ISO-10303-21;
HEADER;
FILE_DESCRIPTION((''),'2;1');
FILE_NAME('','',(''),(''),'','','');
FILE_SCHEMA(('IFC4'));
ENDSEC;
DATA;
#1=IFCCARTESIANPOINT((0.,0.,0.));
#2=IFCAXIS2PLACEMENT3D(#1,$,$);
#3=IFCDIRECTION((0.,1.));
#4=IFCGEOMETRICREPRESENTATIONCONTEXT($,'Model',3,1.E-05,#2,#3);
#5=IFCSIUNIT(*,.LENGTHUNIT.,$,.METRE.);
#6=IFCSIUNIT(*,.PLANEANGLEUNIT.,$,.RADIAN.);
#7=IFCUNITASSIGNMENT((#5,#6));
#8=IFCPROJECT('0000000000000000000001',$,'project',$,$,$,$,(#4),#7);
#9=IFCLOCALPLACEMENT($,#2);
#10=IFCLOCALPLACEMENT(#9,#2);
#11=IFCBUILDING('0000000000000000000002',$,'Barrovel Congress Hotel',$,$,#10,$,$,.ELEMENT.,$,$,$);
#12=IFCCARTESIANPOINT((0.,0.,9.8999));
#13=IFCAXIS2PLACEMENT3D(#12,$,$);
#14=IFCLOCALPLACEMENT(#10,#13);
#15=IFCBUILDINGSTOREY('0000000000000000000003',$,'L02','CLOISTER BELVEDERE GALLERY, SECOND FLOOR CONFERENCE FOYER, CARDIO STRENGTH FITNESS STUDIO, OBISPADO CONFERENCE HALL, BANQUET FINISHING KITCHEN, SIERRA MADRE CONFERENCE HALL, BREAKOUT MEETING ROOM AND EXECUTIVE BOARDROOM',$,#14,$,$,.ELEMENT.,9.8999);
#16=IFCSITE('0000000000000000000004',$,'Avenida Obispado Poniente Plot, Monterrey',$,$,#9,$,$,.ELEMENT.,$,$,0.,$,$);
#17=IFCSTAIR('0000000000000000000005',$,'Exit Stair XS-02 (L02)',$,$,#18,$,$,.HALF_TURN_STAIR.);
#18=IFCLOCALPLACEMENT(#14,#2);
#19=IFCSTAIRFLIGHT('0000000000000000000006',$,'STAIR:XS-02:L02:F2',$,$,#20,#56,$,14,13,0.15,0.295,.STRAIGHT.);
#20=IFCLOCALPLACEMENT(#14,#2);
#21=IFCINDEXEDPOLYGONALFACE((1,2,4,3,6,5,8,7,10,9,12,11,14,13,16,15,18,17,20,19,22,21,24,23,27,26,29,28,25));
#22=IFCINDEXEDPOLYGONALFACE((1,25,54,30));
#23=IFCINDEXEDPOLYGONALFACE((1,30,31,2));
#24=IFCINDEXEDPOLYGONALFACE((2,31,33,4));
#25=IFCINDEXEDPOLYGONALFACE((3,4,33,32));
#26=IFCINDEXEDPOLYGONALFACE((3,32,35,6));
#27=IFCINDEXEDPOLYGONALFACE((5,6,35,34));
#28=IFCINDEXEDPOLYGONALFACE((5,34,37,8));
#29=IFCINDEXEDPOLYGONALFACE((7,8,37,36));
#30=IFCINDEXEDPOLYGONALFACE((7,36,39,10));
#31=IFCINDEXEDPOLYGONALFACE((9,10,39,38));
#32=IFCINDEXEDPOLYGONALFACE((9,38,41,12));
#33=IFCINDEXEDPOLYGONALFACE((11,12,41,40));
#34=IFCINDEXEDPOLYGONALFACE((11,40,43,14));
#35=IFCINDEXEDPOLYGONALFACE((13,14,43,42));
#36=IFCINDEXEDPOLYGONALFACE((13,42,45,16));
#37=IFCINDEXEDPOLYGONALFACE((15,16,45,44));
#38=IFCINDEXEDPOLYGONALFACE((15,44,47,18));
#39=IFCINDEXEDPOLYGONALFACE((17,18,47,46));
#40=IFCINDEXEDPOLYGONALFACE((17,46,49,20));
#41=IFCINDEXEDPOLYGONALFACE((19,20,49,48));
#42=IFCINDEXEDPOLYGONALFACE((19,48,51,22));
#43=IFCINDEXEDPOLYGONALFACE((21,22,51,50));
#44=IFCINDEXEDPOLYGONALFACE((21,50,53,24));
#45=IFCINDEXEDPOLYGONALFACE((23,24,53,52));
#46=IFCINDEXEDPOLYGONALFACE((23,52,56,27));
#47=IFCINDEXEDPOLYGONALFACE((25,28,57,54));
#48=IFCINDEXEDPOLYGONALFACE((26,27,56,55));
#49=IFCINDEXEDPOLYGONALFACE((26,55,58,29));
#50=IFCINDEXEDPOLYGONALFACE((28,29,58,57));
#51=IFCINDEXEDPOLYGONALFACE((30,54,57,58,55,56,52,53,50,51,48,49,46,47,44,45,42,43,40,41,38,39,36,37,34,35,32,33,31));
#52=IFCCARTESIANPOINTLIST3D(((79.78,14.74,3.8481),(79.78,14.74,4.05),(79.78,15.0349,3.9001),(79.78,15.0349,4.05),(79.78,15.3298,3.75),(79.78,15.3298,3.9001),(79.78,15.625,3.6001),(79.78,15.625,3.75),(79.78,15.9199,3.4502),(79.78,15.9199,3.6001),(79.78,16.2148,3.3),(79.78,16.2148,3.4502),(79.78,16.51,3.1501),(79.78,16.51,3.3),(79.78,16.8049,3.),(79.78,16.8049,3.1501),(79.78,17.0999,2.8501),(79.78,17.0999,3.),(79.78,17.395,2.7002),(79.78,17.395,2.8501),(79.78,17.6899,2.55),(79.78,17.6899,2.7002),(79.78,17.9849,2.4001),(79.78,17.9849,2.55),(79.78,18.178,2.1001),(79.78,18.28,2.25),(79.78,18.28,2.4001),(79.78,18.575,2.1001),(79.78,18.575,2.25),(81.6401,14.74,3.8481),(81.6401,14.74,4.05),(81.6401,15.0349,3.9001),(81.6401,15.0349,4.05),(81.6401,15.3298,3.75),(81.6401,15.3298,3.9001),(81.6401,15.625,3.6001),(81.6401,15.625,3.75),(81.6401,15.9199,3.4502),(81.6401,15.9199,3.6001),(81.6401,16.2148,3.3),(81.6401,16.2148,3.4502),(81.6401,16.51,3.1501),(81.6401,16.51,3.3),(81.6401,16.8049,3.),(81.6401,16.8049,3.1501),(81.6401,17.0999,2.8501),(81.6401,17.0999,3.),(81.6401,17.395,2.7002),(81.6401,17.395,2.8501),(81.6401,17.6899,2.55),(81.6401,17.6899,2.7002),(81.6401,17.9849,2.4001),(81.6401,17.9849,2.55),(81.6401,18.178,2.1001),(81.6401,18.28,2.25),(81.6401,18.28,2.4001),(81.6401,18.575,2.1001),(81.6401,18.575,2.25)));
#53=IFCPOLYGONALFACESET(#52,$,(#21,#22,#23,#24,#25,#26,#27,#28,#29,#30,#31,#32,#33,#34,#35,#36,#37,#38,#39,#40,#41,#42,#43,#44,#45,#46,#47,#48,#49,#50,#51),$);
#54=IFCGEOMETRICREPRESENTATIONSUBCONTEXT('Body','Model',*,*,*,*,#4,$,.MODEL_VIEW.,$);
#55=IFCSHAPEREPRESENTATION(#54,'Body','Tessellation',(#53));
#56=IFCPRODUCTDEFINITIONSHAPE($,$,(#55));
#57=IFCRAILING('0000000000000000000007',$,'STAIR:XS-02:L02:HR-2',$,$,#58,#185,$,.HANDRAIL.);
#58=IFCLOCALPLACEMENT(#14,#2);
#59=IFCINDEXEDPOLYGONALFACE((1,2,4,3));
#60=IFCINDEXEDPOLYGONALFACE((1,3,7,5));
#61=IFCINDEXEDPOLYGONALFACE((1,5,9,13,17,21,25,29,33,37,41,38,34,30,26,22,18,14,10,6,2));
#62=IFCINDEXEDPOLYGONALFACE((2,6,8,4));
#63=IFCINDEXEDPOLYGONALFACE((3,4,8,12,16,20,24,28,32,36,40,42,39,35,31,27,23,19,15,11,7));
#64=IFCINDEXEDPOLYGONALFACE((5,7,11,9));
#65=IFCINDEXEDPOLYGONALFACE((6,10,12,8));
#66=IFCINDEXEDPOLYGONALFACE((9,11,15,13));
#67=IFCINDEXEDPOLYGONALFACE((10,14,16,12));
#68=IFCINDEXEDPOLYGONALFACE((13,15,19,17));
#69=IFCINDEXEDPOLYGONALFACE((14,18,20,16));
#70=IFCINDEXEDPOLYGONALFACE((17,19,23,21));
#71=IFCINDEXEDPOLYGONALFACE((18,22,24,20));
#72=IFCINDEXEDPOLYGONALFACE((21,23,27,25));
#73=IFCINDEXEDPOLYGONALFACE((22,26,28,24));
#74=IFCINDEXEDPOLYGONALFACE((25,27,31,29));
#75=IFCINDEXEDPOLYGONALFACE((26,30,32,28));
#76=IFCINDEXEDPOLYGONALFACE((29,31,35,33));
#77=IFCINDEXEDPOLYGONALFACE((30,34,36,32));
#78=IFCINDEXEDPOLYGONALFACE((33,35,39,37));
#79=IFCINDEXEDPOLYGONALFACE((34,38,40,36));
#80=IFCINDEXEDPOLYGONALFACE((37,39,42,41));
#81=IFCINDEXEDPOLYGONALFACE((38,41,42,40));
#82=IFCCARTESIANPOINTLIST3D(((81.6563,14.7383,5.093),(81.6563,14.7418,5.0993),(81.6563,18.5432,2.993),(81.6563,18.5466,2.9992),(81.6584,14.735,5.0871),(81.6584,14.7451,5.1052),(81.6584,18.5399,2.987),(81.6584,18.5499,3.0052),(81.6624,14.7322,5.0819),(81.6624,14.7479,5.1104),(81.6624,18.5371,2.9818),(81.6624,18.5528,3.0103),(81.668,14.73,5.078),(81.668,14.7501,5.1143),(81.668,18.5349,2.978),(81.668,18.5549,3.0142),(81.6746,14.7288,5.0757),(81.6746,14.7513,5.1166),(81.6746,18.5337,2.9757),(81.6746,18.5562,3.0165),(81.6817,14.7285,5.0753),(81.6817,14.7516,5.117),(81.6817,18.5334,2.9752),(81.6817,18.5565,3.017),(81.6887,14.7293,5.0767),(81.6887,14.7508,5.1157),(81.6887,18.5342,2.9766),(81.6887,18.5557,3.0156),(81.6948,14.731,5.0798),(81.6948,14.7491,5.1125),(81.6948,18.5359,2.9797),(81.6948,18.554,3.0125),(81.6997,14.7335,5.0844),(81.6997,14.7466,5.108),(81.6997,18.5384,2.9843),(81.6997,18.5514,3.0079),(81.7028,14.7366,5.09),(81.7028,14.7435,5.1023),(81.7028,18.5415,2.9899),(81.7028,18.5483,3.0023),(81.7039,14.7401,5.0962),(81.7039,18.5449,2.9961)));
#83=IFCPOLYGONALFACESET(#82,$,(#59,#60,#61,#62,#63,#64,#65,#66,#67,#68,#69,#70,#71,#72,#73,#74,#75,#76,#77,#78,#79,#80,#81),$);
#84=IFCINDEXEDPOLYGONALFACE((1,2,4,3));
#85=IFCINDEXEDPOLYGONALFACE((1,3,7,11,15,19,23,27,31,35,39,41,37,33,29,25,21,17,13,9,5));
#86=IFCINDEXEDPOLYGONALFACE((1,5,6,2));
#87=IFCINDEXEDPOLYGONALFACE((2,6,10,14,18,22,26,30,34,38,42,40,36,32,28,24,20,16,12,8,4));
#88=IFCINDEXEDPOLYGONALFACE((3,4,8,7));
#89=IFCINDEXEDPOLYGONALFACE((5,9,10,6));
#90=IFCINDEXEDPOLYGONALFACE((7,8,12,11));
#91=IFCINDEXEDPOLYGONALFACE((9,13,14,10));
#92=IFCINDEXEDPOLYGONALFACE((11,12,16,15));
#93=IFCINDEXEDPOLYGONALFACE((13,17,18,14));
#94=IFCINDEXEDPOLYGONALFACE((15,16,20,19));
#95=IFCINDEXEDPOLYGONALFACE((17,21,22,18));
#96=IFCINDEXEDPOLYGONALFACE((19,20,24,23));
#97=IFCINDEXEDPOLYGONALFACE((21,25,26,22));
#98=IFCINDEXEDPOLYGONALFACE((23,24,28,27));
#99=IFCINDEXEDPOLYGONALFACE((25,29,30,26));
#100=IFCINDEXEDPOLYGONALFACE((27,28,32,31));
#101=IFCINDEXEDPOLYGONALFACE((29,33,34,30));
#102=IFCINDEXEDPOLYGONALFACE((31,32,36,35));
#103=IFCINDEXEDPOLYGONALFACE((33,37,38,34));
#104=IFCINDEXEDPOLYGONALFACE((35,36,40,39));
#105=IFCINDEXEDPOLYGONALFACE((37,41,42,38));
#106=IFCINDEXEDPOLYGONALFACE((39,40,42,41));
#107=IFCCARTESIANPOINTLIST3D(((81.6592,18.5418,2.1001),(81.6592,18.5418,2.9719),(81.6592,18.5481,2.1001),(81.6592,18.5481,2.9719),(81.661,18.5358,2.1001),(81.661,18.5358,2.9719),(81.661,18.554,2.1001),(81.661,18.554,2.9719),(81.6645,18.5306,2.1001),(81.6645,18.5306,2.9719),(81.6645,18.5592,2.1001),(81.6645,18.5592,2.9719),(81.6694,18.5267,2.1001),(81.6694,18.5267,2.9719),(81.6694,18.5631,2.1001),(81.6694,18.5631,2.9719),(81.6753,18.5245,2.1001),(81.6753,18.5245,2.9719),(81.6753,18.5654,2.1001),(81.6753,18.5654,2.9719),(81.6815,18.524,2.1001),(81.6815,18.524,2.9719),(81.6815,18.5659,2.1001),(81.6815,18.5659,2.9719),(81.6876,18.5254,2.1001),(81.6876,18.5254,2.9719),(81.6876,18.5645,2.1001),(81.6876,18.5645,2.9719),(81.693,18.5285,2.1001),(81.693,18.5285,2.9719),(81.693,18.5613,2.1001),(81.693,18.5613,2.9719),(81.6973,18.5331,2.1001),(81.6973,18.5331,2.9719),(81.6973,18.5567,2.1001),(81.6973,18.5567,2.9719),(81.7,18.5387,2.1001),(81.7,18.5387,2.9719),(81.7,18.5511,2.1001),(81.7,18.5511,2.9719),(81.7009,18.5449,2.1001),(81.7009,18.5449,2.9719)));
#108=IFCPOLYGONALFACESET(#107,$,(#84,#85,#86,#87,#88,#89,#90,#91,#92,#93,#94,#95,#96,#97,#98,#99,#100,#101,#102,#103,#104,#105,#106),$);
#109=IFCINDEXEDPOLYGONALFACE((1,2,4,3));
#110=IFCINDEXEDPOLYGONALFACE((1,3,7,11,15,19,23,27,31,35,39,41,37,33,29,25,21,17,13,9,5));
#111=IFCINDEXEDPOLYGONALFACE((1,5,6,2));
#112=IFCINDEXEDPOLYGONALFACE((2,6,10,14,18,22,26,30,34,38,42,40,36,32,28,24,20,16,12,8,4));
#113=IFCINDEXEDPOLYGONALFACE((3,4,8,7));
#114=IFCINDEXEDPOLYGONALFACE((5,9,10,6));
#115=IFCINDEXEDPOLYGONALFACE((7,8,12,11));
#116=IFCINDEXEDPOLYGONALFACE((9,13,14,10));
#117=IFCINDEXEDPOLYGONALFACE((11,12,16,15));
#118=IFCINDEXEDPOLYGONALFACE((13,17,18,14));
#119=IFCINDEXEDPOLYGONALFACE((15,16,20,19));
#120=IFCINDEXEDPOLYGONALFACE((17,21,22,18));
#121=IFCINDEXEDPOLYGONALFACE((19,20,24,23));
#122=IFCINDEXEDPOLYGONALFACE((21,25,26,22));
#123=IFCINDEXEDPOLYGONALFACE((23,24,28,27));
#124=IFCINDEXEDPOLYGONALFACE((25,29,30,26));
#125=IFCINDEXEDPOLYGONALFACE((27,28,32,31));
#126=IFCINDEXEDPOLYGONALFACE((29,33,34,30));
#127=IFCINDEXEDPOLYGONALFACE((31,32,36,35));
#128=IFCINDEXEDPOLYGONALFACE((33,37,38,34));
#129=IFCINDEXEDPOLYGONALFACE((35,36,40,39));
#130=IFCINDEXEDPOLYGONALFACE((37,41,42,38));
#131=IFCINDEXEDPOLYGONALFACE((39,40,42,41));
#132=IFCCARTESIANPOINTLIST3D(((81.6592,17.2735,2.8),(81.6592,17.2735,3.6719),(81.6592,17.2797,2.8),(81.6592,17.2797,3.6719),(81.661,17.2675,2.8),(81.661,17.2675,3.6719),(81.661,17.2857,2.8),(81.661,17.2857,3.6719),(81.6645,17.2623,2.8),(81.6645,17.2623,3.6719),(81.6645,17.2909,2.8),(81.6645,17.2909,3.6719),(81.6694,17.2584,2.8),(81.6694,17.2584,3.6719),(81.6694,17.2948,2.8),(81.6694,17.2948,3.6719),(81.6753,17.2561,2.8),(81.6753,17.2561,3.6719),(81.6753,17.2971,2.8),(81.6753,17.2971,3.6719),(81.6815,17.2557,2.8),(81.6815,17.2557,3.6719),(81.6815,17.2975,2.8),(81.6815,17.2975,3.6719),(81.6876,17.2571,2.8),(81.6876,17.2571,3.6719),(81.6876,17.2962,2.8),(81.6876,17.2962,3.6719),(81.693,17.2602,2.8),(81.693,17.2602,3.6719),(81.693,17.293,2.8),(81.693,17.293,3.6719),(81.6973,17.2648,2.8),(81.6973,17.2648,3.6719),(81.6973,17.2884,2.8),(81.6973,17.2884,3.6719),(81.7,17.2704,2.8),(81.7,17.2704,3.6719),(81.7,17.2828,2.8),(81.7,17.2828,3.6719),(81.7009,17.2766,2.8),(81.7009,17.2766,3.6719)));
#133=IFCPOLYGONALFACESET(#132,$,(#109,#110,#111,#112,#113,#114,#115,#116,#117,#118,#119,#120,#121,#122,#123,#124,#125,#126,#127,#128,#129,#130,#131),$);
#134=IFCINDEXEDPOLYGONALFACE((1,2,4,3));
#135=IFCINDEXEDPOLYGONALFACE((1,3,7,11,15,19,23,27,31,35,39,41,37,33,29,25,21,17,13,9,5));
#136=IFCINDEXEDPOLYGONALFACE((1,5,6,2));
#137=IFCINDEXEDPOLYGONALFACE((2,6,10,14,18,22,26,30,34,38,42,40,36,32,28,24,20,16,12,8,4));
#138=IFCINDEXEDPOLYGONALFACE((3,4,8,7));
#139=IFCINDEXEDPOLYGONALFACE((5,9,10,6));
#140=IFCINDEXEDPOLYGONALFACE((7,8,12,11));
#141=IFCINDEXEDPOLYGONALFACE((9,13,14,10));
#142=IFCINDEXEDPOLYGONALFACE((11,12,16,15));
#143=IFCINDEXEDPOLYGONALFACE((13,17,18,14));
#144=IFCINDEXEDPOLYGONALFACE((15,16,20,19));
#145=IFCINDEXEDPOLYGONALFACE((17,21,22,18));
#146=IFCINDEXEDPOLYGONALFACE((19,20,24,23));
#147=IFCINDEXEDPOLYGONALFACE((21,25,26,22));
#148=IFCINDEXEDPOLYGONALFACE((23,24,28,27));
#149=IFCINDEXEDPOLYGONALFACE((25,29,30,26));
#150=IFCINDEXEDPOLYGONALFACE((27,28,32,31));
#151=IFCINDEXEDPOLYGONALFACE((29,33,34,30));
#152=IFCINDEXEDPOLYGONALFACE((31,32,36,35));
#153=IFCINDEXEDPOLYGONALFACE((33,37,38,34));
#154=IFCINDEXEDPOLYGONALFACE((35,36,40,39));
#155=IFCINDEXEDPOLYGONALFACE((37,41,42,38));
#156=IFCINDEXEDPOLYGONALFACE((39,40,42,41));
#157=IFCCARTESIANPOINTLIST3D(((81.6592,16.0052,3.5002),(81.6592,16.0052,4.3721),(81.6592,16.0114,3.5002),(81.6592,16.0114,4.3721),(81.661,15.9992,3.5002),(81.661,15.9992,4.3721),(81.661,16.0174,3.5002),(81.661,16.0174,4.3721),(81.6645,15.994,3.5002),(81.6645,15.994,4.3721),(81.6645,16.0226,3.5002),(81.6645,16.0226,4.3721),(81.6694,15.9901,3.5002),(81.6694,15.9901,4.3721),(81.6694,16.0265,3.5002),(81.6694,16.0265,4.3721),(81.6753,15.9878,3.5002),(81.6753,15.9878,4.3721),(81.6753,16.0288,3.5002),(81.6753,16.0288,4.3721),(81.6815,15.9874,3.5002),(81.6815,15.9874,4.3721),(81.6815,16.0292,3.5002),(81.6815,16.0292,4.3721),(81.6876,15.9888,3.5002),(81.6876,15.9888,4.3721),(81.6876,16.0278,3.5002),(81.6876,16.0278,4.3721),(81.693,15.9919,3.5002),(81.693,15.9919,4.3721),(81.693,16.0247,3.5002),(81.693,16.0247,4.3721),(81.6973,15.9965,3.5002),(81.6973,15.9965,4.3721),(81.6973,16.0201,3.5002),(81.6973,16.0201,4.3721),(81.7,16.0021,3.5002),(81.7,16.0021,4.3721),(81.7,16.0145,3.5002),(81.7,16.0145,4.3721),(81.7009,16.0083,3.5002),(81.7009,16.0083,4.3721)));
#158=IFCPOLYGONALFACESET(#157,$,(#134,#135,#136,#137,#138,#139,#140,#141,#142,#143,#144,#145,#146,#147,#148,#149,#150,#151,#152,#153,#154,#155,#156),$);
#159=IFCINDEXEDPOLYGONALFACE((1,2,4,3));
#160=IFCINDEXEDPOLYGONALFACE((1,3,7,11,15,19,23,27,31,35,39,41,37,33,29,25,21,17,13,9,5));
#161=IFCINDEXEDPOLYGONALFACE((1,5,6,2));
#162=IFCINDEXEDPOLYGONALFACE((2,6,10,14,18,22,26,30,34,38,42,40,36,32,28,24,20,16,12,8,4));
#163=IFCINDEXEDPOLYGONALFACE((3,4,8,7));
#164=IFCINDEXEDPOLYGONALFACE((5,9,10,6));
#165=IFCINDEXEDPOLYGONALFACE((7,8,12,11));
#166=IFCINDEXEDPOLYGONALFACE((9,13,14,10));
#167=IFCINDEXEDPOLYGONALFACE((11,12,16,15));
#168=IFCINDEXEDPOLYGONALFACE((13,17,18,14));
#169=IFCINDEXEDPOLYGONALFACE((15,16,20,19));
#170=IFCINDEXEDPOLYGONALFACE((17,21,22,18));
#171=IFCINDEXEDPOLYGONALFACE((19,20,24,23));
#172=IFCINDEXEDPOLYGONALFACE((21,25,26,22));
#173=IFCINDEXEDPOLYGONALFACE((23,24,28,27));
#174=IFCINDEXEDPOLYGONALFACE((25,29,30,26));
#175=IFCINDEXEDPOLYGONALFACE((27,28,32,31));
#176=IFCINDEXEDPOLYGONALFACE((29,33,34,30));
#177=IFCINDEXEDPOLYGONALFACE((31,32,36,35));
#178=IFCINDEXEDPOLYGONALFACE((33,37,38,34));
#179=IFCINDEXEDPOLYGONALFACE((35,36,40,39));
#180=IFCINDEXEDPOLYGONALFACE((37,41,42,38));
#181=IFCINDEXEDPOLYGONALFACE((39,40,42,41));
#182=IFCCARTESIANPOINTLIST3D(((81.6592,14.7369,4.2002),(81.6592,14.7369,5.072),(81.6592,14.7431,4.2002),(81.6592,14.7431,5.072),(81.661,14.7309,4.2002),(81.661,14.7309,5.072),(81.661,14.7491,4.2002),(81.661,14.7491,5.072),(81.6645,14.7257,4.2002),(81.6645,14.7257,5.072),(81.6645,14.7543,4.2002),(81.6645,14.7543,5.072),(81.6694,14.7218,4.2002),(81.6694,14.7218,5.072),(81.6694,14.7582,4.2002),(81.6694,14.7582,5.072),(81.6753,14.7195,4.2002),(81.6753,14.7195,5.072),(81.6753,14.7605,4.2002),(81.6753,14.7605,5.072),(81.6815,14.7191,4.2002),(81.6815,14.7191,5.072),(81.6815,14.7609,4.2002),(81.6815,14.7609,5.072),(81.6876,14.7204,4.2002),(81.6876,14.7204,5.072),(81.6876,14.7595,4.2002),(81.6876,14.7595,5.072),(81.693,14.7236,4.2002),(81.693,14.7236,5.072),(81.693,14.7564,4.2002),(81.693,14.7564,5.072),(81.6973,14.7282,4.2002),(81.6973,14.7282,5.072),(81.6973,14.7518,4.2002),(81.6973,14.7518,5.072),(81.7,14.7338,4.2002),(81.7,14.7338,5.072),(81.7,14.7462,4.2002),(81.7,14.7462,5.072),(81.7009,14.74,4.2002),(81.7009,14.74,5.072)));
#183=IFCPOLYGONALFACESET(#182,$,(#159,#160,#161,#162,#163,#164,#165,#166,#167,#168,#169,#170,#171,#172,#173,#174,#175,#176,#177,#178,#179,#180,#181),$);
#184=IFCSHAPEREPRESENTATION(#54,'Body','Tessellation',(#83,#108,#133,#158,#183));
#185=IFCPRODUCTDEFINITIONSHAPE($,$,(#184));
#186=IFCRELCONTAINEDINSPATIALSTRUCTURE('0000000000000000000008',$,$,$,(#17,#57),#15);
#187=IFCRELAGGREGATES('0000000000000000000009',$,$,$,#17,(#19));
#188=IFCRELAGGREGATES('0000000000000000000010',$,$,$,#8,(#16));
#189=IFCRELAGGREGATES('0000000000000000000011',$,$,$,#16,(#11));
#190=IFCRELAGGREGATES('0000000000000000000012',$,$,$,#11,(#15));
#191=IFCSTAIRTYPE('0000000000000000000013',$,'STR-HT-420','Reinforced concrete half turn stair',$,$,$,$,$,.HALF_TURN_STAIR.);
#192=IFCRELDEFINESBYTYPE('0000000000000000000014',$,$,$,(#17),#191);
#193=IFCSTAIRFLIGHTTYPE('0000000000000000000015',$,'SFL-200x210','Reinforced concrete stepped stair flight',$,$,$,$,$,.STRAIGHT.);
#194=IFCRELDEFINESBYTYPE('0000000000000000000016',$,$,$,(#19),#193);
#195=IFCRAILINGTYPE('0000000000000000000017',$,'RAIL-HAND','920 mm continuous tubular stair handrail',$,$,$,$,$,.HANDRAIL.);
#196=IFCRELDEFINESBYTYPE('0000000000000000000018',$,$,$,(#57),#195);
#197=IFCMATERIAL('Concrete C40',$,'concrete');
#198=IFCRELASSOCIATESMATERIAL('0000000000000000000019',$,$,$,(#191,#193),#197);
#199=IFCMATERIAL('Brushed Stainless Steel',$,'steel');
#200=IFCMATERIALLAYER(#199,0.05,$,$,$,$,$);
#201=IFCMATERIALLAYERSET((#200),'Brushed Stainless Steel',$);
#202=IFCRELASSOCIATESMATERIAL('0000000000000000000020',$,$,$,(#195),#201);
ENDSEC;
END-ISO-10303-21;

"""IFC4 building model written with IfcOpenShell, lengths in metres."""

from ifc_helpers import new_model, si_unit, direction, frame, origin, origin_2d, place, context, subcontext, project, spatial, polyline, circle, outline, extrude, material, layer, layer_set, type_object, element, aggregate, save


model = new_model("IFC4")

# Units and contexts
model_context = context("Model", 3, precision=1e-05, world=origin(), true_north=direction((0.0, 1.0)))
body_context = subcontext(model_context, "Body", "Model", "MODEL_VIEW")
ifc_project = project(units=[si_unit("LENGTHUNIT", "METRE"), si_unit("PLANEANGLEUNIT", "RADIAN")], contexts=[model_context])

# Site, building, storey
site_placement = place(None, origin())
site = spatial("IfcSite", under=ifc_project, at=site_placement, Name="Avenida Obispado Poniente Plot, Monterrey", CompositionType="ELEMENT", RefElevation=0.0)
building_placement = place(site_placement, origin())
building = spatial("IfcBuilding", under=site, at=building_placement, Name="Barrovel Congress Hotel", CompositionType="ELEMENT")
storey_placement = place(building_placement, frame((0.0, 0.0, 9.8999)))
storey = spatial("IfcBuildingStorey", under=building, at=storey_placement, Name="L02", Description="CLOISTER BELVEDERE GALLERY, SECOND FLOOR CONFERENCE FOYER, CARDIO STRENGTH FITNESS STUDIO, OBISPADO CONFERENCE HALL, BANQUET FINISHING KITCHEN, SIERRA MADRE CONFERENCE HALL, BREAKOUT MEETING ROOM AND EXECUTIVE BOARDROOM", CompositionType="ELEMENT", Elevation=9.8999)

# Shared definitions
ifc_material_1 = material(Name="Concrete C40", Category="concrete")

# Shared definitions
ifc_material_2 = material(Name="Brushed Stainless Steel", Category="steel")

# Stair, stair flight
stair_type = type_object("IfcStairType", Name="STR-HT-420", Description="Reinforced concrete half turn stair", PredefinedType="HALF_TURN_STAIR", material=ifc_material_1)
stair_placement = place(storey_placement, origin())
stair = element("IfcStair", 1, at=stair_placement, inside=storey, type_object=stair_type, Name="Exit Stair XS-02 (L02)", PredefinedType="HALF_TURN_STAIR")
stair_flight_type = type_object("IfcStairFlightType", Name="SFL-200x210", Description="Reinforced concrete stepped stair flight", PredefinedType="STRAIGHT", material=ifc_material_1)
stair_flight_placement = place(storey_placement, frame((80.71, 18.575, 2.1001), z_axis=(0.0, 0.0, 1.0), x_axis=(0.0, -1.0, 0.0)))
stair_flight = element("IfcStairFlight", 2, at=stair_flight_placement, type_object=stair_flight_type, Name="STAIR:XS-02:L02:F2", NumberOfRisers=14, NumberOfTreads=13, PredefinedType="STRAIGHT", RiserHeight=0.15, TreadLength=0.295, context=body_context, shape_type="SweptSolid", body=[
    extrude(outline(polyline([(0.0, 0.0), (0.0, 0.1499), (0.2949, 0.1499), (0.2949, 0.3), (0.5901, 0.3), (0.5901, 0.45), (0.885, 0.45), (0.885, 0.6001), (1.1799, 0.6001), (1.1799, 0.75), (1.4751, 0.75), (1.4751, 0.8999), (1.77, 0.8999), (1.77, 1.05), (2.0649, 1.05), (2.0649, 1.2), (2.3601, 1.2), (2.3601, 1.3501), (2.655, 1.3501), (2.655, 1.5), (2.95, 1.5), (2.95, 1.6499), (3.2451, 1.6499), (3.2451, 1.8), (3.54, 1.8), (3.54, 1.95), (3.835, 1.95), (3.835, 2.1001), (3.835, 1.748), (0.397, 0.0), (0.0, 0.0)])), frame((0.0, 0.9302, 0.0), z_axis=(0.0, -1.0, 0.0), x_axis=(1.0, 0.0, 0.0)), (0.0, 0.0, 1.0), 1.8601),
])
aggregate(stair, [stair_flight])

# Railing
ifc_layer_1 = layer(ifc_material_2, 0.05)
ifc_layer_set_1 = layer_set([ifc_layer_1], Name="Brushed Stainless Steel")
railing_type = type_object("IfcRailingType", Name="RAIL-HAND", Description="920 mm continuous tubular stair handrail", PredefinedType="HANDRAIL", material=ifc_layer_set_1)
railing_placement = place(storey_placement, frame((81.6799, 18.5449, 2.1001)))
element("IfcRailing", 3, at=railing_placement, inside=storey, type_object=railing_type, Name="STAIR:XS-02:L02:HR-2", PredefinedType="HANDRAIL", context=body_context, shape_type="SweptSolid", body=[
    extrude(circle(Radius=0.0239, at=origin_2d()), frame((0.0, 0.0, 0.896), z_axis=(0.0, -0.875497, 0.483223), x_axis=(1.0, 0.0, 0.0)), (0.0, 0.0, 1.0), 4.3459),
    extrude(circle(Radius=0.021, at=origin_2d()), origin(), (0.0, 0.0, 1.0), 0.8718),
    extrude(circle(Radius=0.021, at=origin_2d()), frame((0.0, -1.2683, 0.7)), (0.0, 0.0, 1.0), 0.8718),
    extrude(circle(Radius=0.021, at=origin_2d()), frame((0.0, -2.5366, 1.4001)), (0.0, 0.0, 1.0), 0.8718),
    extrude(circle(Radius=0.021, at=origin_2d()), frame((0.0, -3.8049, 2.1001)), (0.0, 0.0, 1.0), 0.8718),
])

save(model, "model.ifc")
